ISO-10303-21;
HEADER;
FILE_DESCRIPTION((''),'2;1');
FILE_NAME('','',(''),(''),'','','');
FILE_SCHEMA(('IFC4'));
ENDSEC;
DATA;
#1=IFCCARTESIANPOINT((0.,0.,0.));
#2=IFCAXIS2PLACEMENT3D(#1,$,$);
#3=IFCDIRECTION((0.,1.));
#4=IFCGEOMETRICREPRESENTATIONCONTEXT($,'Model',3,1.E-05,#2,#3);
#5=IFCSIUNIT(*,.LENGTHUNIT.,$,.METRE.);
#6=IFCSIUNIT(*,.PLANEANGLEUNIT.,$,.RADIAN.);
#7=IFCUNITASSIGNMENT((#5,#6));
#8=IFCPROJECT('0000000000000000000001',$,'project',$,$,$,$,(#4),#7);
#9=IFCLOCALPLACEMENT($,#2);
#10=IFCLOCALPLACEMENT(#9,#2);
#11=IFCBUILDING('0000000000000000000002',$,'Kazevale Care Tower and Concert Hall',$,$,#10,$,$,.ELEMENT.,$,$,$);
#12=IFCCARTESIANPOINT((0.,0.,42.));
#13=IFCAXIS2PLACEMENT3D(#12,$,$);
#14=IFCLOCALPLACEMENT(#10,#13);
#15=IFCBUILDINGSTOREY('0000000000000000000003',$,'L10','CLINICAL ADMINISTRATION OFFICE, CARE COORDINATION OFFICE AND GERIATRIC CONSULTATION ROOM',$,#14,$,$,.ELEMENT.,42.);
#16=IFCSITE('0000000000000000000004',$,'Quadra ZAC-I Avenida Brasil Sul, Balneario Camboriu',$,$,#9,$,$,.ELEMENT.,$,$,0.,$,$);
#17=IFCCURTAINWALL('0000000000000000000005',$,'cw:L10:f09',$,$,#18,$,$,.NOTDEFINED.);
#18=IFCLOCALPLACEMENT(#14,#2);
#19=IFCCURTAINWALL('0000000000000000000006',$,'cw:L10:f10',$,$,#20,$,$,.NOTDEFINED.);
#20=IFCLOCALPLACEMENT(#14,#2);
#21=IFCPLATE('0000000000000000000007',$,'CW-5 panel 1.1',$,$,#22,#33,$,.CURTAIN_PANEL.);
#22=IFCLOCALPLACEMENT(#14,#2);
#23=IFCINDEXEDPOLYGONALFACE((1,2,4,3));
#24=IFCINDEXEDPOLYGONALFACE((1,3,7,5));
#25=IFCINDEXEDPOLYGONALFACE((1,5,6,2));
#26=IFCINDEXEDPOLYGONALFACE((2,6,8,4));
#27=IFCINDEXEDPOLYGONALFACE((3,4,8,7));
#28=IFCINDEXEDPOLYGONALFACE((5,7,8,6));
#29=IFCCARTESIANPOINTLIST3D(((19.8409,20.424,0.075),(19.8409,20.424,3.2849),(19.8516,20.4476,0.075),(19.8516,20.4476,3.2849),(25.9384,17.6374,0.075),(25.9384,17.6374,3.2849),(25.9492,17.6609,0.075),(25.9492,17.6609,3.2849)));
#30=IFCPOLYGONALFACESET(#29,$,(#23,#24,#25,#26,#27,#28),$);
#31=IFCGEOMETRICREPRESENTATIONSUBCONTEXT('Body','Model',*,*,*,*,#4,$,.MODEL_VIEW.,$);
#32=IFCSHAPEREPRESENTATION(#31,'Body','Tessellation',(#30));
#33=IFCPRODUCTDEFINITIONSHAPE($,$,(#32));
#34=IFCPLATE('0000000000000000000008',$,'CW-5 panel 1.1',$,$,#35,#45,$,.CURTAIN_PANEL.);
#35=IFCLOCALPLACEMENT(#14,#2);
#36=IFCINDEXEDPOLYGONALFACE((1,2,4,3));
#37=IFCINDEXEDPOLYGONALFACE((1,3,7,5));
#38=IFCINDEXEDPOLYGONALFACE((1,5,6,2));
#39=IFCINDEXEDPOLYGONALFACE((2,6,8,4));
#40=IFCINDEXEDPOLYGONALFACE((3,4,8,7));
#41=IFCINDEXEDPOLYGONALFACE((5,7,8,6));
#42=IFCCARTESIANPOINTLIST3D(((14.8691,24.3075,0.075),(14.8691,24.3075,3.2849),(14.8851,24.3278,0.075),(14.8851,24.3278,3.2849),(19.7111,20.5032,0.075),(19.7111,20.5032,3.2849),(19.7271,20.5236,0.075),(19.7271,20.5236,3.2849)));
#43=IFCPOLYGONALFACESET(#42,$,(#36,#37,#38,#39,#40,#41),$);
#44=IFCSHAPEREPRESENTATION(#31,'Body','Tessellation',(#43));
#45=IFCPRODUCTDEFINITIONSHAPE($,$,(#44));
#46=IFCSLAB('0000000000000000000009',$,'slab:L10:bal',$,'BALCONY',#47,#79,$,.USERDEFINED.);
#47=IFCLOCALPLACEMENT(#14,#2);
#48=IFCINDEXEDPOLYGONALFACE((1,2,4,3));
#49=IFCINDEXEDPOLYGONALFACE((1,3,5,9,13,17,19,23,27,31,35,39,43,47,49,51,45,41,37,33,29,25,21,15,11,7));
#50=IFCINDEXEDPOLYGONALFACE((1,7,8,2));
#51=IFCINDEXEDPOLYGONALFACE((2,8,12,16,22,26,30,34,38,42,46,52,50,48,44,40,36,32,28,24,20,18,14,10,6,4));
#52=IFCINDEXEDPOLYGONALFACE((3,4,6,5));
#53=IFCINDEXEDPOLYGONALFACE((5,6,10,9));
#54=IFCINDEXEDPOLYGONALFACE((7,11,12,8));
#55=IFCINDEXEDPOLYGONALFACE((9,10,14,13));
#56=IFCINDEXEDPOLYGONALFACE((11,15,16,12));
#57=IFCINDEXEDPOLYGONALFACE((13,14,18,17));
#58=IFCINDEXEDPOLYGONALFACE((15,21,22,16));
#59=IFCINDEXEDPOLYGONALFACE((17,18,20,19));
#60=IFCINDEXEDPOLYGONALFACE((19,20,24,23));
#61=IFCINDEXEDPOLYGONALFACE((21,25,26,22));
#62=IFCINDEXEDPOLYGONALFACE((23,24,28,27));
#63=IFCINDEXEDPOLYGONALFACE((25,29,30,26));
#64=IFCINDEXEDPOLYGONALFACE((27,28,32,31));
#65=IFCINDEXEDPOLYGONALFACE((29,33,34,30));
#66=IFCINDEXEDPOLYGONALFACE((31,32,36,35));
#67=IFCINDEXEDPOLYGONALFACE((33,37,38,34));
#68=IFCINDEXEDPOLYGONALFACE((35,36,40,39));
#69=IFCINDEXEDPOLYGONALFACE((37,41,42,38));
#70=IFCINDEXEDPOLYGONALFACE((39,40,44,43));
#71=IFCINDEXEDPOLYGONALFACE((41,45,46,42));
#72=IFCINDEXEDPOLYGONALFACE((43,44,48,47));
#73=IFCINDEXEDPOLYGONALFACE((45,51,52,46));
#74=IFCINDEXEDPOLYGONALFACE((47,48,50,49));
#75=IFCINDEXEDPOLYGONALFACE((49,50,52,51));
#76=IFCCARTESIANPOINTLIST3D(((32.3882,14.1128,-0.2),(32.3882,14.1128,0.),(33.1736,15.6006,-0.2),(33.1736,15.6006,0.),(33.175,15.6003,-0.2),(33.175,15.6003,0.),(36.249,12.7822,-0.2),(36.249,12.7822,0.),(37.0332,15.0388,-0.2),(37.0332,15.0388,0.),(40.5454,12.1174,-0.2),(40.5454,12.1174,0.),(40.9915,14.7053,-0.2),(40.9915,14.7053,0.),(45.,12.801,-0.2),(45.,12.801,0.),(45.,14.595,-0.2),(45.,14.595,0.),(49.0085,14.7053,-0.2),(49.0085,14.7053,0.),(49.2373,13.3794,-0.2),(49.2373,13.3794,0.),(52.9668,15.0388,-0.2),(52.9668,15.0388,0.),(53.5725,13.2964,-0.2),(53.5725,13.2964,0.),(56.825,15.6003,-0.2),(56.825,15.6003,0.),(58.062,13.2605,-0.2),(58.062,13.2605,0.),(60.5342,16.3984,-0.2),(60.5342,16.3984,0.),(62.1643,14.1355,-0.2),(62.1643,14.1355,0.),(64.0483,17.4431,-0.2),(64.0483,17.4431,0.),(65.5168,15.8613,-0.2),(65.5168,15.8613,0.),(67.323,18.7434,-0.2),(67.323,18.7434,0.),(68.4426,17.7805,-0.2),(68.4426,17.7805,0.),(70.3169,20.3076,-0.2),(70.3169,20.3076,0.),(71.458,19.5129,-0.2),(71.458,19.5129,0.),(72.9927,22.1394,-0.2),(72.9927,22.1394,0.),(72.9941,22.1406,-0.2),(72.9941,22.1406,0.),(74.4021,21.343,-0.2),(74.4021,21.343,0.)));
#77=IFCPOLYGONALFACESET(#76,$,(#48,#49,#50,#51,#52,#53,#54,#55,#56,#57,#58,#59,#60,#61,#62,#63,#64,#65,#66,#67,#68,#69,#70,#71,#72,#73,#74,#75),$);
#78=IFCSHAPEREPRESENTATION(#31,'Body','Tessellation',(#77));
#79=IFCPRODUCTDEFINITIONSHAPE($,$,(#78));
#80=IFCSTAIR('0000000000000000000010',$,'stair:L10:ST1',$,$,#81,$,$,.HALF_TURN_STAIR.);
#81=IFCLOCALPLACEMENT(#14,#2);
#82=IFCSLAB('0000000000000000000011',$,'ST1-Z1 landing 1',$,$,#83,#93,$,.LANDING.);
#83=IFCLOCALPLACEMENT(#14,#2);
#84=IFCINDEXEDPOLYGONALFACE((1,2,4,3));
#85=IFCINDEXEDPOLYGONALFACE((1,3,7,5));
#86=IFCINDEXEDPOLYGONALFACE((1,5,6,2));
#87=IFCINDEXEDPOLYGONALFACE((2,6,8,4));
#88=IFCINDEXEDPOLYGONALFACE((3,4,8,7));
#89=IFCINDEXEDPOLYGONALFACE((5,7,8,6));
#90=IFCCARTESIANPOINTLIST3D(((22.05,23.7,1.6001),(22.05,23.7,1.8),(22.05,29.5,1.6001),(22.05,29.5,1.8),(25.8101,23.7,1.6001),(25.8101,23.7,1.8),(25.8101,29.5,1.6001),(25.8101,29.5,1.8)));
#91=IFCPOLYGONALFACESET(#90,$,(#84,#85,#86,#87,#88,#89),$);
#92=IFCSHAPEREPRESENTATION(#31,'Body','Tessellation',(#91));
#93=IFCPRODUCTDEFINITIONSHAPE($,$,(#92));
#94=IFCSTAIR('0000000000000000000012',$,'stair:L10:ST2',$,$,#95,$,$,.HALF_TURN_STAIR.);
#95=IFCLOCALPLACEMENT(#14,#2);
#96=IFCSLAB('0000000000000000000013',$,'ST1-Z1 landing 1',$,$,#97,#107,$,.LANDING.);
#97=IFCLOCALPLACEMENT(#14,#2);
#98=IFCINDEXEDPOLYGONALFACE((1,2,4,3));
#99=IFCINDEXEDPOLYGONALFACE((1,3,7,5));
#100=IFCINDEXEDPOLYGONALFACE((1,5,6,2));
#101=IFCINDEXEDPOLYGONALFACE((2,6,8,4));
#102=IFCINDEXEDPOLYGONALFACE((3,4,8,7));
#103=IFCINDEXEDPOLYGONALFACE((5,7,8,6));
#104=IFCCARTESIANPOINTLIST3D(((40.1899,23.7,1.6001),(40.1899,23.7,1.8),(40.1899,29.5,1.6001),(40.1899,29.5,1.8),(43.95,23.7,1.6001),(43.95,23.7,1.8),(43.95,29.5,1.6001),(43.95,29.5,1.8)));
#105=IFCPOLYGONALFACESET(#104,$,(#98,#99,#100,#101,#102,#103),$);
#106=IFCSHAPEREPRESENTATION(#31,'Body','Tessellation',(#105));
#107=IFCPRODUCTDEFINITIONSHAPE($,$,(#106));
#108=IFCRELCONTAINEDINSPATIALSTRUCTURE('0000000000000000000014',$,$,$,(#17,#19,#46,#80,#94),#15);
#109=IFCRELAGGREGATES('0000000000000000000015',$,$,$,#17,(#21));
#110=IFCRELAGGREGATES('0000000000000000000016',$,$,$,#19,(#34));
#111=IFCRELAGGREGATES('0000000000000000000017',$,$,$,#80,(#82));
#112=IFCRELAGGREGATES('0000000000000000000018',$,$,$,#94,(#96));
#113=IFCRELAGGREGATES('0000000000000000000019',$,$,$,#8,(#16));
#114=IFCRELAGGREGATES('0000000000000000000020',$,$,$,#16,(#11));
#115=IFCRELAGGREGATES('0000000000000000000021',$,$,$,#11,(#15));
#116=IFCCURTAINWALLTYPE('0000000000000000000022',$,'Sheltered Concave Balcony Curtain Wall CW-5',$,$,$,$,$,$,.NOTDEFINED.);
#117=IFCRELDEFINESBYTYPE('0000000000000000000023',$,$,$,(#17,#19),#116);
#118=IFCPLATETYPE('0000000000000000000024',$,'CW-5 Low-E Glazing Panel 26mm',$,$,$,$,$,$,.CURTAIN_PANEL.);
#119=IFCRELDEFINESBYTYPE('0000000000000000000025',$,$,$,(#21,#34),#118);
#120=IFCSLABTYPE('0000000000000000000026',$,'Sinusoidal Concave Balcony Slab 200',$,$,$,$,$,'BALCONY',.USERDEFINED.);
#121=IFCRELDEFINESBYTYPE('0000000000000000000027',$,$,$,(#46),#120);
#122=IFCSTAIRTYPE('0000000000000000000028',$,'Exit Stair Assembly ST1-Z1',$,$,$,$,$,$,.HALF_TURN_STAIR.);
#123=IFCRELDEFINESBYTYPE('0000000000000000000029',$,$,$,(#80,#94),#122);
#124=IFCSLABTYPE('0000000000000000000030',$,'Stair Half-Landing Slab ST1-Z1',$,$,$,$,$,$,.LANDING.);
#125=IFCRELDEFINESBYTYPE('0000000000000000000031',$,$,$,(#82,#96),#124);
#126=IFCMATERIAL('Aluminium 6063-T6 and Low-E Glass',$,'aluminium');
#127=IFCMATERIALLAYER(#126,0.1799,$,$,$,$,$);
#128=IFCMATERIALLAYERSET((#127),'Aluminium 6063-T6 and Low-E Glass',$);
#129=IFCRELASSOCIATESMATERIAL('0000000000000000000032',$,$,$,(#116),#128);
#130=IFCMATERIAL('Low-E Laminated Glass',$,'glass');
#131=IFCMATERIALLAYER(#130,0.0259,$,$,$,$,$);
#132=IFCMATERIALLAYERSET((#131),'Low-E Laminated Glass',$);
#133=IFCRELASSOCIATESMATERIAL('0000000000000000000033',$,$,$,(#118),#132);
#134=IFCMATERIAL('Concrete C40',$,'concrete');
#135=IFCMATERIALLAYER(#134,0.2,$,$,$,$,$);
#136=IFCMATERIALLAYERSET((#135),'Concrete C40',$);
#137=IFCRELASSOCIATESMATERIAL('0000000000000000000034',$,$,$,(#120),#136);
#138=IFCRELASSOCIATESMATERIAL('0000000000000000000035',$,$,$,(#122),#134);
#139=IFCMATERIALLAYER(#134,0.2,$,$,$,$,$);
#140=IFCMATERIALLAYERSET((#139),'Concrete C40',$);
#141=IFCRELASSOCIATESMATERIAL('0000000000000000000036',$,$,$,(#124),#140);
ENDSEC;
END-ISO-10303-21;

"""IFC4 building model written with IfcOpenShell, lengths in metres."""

from ifc_helpers import new_model, si_unit, direction, frame, origin, origin_2d, place, context, subcontext, project, spatial, polyline, rectangle, outline, extrude, material, layer, layer_set, type_object, element, aggregate, save


model = new_model("IFC4")

# Units and contexts
model_context = context("Model", 3, precision=1e-05, world=origin(), true_north=direction((0.0, 1.0)))
body_context = subcontext(model_context, "Body", "Model", "MODEL_VIEW")
ifc_project = project(units=[si_unit("LENGTHUNIT", "METRE"), si_unit("PLANEANGLEUNIT", "RADIAN")], contexts=[model_context])

# Site, building, storey
site_placement = place(None, origin())
site = spatial("IfcSite", under=ifc_project, at=site_placement, Name="Quadra ZAC-I Avenida Brasil Sul, Balneario Camboriu", CompositionType="ELEMENT", RefElevation=0.0)
building_placement = place(site_placement, origin())
building = spatial("IfcBuilding", under=site, at=building_placement, Name="Kazevale Care Tower and Concert Hall", CompositionType="ELEMENT")
storey_placement = place(building_placement, frame((0.0, 0.0, 42.0)))
storey = spatial("IfcBuildingStorey", under=building, at=storey_placement, Name="L10", Description="CLINICAL ADMINISTRATION OFFICE, CARE COORDINATION OFFICE AND GERIATRIC CONSULTATION ROOM", CompositionType="ELEMENT", Elevation=42.0)

# Shared definitions
ifc_material_1 = material(Name="Aluminium 6063-T6 and Low-E Glass", Category="aluminium")

# Curtain wall
ifc_layer_1 = layer(ifc_material_1, 0.1799)
ifc_layer_set_1 = layer_set([ifc_layer_1], Name="Aluminium 6063-T6 and Low-E Glass")
curtain_wall_type_1 = type_object("IfcCurtainWallType", Name="Sheltered Concave Balcony Curtain Wall CW-5", PredefinedType="NOTDEFINED", material=ifc_layer_set_1)
curtain_wall_1_placement = place(storey_placement, origin())
curtain_wall_1 = element("IfcCurtainWall", 1, at=curtain_wall_1_placement, inside=storey, type_object=curtain_wall_type_1, Name="cw:L10:f09", PredefinedType="NOTDEFINED")

# Curtain wall
curtain_wall_2_placement = place(storey_placement, origin())
curtain_wall_2 = element("IfcCurtainWall", 2, at=curtain_wall_2_placement, inside=storey, type_object=curtain_wall_type_1, Name="cw:L10:f10", PredefinedType="NOTDEFINED")

# Plates
ifc_material_2 = material(Name="Low-E Laminated Glass", Category="glass")
ifc_layer_2 = layer(ifc_material_2, 0.0259)
ifc_layer_set_2 = layer_set([ifc_layer_2], Name="Low-E Laminated Glass")
plate_type_1 = type_object("IfcPlateType", Name="CW-5 Low-E Glazing Panel 26mm", PredefinedType="CURTAIN_PANEL", material=ifc_layer_set_2)
plate_1_placement = place(storey_placement, frame((22.895, 19.0425, 0.075), z_axis=(0.0, 0.0, 1.0), x_axis=(-0.90952, 0.41566, 0.0)))
plate_1 = element("IfcPlate", 3, at=plate_1_placement, type_object=plate_type_1, Name="CW-5 panel 1.1", PredefinedType="CURTAIN_PANEL", context=body_context, shape_type="SweptSolid", body=[
    extrude(rectangle(XDim=6.7041, YDim=0.0259, at=origin_2d()), origin(), (0.0, 0.0, 1.0), 3.21),
])
aggregate(curtain_wall_1, [plate_1])
plate_2_placement = place(storey_placement, frame((17.2981, 22.4155, 0.075), z_axis=(0.0, 0.0, 1.0), x_axis=(-0.786329, 0.617808, 0.0)))
plate_2 = element("IfcPlate", 4, at=plate_2_placement, type_object=plate_type_1, Name="CW-5 panel 1.1", PredefinedType="CURTAIN_PANEL", context=body_context, shape_type="SweptSolid", body=[
    extrude(rectangle(XDim=6.1577, YDim=0.0259, at=origin_2d()), origin(), (0.0, 0.0, 1.0), 3.21),
])
aggregate(curtain_wall_2, [plate_2])

# Slab
ifc_material_3 = material(Name="Concrete C40", Category="concrete")
ifc_layer_3 = layer(ifc_material_3, 0.2)
ifc_layer_set_3 = layer_set([ifc_layer_3], Name="Concrete C40")
slab_type_1 = type_object("IfcSlabType", Name="Sinusoidal Concave Balcony Slab 200", ElementType="BALCONY", PredefinedType="USERDEFINED", material=ifc_layer_set_3)
slab_1_placement = place(storey_placement, frame((0.0, 0.0, -0.2)))
element("IfcSlab", 5, at=slab_1_placement, inside=storey, type_object=slab_type_1, Name="slab:L10:bal", ObjectType="BALCONY", PredefinedType="USERDEFINED", context=body_context, shape_type="SweptSolid", body=[
    extrude(outline(polyline([(74.4021, 21.343), (71.458, 19.5129), (68.4426, 17.7805), (65.5168, 15.8613), (62.1643, 14.1355), (58.062, 13.2605), (53.5725, 13.2964), (49.2373, 13.3794), (45.0, 12.801), (40.5454, 12.1174), (36.249, 12.7822), (32.3882, 14.1128), (33.1736, 15.6006), (33.175, 15.6003), (37.0332, 15.0388), (40.9915, 14.7053), (45.0, 14.595), (49.0085, 14.7053), (52.9668, 15.0388), (56.825, 15.6003), (60.5342, 16.3984), (64.0483, 17.4431), (67.323, 18.7434), (70.3169, 20.3076), (72.9927, 22.1394), (72.9941, 22.1406), (74.4021, 21.343)])), origin(), (0.0, 0.0, 1.0), 0.2),
])

# Stairs, slabs
stair_type = type_object("IfcStairType", Name="Exit Stair Assembly ST1-Z1", PredefinedType="HALF_TURN_STAIR", material=ifc_material_3)
stair_1_placement = place(storey_placement, origin())
stair_1 = element("IfcStair", 6, at=stair_1_placement, inside=storey, type_object=stair_type, Name="stair:L10:ST1", PredefinedType="HALF_TURN_STAIR")
ifc_layer_4 = layer(ifc_material_3, 0.2)
ifc_layer_set_4 = layer_set([ifc_layer_4], Name="Concrete C40")
slab_type_2 = type_object("IfcSlabType", Name="Stair Half-Landing Slab ST1-Z1", PredefinedType="LANDING", material=ifc_layer_set_4)
slab_2_placement = place(storey_placement, frame((0.0, 0.0, 1.6001)))
slab_2 = element("IfcSlab", 7, at=slab_2_placement, type_object=slab_type_2, Name="ST1-Z1 landing 1", PredefinedType="LANDING", context=body_context, shape_type="SweptSolid", body=[
    extrude(outline(polyline([(22.05, 23.7), (25.8101, 23.7), (25.8101, 29.5), (22.05, 29.5), (22.05, 23.7)])), origin(), (0.0, 0.0, 1.0), 0.2),
])
aggregate(stair_1, [slab_2])
stair_2_placement = place(storey_placement, origin())
stair_2 = element("IfcStair", 8, at=stair_2_placement, inside=storey, type_object=stair_type, Name="stair:L10:ST2", PredefinedType="HALF_TURN_STAIR")
slab_3_placement = place(storey_placement, frame((0.0, 0.0, 1.6001)))
slab_3 = element("IfcSlab", 9, at=slab_3_placement, type_object=slab_type_2, Name="ST1-Z1 landing 1", PredefinedType="LANDING", context=body_context, shape_type="SweptSolid", body=[
    extrude(outline(polyline([(40.1899, 23.7), (43.95, 23.7), (43.95, 29.5), (40.1899, 29.5), (40.1899, 23.7)])), origin(), (0.0, 0.0, 1.0), 0.2),
])
aggregate(stair_2, [slab_3])

save(model, "model.ifc")
